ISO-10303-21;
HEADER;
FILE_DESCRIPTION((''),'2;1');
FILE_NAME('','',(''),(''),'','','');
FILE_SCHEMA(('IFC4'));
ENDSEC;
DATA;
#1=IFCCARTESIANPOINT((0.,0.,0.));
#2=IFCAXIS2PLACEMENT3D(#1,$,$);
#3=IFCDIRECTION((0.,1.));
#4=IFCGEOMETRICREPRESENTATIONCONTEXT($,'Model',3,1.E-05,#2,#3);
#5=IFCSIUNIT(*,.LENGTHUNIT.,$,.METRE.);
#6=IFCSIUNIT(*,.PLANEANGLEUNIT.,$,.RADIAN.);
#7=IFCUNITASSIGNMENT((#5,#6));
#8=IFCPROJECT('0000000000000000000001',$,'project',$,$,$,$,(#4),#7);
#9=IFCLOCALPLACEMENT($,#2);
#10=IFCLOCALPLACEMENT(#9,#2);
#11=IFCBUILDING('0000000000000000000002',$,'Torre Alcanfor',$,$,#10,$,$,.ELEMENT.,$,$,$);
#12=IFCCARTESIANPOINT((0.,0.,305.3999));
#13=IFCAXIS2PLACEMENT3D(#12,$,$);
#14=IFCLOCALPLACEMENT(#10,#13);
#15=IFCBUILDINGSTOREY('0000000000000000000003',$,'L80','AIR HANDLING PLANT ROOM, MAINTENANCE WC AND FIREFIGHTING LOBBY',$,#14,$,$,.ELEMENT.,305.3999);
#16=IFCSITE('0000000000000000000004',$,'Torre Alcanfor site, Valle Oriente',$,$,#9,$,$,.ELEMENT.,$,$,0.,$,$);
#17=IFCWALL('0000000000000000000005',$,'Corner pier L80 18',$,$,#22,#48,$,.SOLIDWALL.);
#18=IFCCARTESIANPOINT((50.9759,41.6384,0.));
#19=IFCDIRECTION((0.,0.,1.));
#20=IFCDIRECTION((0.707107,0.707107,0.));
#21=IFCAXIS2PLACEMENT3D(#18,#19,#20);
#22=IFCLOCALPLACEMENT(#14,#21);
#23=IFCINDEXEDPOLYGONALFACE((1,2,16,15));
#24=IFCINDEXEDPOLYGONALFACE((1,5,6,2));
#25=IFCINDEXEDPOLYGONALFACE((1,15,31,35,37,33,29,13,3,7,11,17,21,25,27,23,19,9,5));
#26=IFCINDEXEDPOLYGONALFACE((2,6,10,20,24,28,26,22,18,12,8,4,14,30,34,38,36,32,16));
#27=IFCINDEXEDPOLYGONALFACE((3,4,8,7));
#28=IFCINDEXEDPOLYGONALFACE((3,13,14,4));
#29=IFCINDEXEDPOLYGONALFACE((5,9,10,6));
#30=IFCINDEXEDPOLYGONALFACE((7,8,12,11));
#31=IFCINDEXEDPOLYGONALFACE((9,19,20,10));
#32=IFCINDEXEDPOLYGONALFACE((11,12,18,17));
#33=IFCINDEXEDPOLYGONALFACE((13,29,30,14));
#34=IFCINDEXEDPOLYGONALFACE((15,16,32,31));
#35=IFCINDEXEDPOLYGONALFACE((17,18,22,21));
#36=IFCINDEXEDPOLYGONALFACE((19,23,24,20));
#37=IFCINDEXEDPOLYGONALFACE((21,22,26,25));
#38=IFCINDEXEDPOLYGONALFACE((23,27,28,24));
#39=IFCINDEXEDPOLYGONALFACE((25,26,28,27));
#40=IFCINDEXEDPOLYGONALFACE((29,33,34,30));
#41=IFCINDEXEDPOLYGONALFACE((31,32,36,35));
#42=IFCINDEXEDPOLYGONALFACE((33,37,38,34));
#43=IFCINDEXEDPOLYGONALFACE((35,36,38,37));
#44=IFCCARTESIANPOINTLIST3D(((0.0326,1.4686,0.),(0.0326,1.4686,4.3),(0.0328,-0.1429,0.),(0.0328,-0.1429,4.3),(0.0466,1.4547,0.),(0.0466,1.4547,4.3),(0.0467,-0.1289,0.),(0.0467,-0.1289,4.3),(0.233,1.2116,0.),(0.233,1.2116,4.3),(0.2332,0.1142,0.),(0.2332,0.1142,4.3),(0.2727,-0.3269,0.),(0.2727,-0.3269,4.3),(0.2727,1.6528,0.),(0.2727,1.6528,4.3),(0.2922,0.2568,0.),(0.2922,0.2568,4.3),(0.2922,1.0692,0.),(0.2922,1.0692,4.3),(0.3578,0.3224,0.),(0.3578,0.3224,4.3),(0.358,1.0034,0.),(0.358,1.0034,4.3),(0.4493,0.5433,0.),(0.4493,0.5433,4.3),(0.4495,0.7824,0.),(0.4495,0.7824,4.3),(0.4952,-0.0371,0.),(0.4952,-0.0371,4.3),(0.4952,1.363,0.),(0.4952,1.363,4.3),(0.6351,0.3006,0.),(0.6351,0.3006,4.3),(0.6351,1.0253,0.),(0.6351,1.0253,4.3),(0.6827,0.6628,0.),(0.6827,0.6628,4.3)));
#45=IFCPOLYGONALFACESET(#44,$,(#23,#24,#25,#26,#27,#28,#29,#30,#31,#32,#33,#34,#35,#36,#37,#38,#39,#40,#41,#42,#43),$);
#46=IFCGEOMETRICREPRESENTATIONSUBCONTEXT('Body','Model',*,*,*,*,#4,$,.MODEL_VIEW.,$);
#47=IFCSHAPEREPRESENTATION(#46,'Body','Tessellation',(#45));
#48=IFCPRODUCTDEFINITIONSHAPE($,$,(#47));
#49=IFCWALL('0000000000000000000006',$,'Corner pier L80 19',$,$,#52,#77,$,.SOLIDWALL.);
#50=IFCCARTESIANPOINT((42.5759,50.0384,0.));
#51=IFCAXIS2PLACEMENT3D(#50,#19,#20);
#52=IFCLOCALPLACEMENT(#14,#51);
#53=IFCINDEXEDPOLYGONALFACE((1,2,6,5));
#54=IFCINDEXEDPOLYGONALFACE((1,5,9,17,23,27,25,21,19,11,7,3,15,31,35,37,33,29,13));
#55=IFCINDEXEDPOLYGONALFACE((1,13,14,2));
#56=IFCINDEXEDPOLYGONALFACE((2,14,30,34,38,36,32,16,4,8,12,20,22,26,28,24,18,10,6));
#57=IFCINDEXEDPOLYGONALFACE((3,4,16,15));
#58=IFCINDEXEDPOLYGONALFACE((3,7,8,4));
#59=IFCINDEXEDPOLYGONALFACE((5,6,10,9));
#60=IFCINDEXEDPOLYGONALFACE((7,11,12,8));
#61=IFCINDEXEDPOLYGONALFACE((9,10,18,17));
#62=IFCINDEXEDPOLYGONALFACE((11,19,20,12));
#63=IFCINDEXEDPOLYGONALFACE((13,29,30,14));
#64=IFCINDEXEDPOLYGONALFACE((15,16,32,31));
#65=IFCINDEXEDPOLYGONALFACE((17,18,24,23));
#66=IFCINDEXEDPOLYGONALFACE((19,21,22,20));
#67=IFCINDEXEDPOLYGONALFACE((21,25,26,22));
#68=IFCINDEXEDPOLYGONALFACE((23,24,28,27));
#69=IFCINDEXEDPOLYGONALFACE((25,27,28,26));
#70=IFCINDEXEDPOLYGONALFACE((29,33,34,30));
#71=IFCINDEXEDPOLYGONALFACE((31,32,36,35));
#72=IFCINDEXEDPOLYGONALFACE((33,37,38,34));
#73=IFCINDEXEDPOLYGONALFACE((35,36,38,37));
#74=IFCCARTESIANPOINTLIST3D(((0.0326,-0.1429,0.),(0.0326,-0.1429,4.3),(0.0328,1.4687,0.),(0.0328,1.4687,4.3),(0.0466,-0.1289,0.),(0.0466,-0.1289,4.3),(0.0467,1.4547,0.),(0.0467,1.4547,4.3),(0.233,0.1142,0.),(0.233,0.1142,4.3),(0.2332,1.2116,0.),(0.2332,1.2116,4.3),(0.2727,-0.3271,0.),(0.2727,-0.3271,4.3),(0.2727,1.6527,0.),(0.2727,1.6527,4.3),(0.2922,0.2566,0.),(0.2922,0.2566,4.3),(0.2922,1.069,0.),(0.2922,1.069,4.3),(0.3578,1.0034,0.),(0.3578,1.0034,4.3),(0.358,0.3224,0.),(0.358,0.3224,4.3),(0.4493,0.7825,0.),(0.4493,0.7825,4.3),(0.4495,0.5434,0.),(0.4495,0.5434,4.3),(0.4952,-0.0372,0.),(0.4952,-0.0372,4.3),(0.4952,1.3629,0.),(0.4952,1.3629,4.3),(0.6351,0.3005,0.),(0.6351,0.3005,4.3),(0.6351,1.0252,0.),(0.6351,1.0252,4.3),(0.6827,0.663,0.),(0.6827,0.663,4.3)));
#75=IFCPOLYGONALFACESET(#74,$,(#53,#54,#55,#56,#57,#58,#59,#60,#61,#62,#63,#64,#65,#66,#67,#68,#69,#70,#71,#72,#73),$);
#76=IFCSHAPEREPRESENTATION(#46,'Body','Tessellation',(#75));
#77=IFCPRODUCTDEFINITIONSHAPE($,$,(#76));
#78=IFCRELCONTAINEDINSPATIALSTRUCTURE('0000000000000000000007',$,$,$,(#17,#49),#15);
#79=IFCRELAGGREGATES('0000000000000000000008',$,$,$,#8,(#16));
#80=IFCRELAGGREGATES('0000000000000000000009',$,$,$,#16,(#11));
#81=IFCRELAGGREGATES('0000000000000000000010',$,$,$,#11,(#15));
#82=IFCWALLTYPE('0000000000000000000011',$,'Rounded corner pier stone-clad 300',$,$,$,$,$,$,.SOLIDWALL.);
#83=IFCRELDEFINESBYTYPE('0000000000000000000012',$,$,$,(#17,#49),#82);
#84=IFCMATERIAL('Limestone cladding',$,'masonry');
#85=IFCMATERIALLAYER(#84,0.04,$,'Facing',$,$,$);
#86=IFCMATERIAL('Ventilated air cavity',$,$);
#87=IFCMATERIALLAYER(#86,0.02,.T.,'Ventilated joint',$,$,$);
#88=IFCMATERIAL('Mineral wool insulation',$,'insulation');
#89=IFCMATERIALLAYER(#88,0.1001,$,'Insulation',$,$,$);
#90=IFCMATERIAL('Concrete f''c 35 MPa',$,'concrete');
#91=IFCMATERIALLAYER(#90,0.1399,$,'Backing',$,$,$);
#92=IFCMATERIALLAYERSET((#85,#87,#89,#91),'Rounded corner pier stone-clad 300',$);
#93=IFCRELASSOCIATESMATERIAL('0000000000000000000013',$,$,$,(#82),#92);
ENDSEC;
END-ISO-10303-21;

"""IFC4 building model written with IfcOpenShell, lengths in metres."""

from ifc_helpers import new_model, si_unit, direction, frame, origin, place, context, subcontext, project, spatial, polyline, outline, extrude, material, layer, layer_set, type_object, element, save


model = new_model("IFC4")

# Units and contexts
model_context = context("Model", 3, precision=1e-05, world=origin(), true_north=direction((0.0, 1.0)))
body_context = subcontext(model_context, "Body", "Model", "MODEL_VIEW")
ifc_project = project(units=[si_unit("LENGTHUNIT", "METRE"), si_unit("PLANEANGLEUNIT", "RADIAN")], contexts=[model_context])

# Site, building, storey
site_placement = place(None, origin())
site = spatial("IfcSite", under=ifc_project, at=site_placement, Name="Torre Alcanfor site, Valle Oriente", CompositionType="ELEMENT", RefElevation=0.0)
building_placement = place(site_placement, origin())
building = spatial("IfcBuilding", under=site, at=building_placement, Name="Torre Alcanfor", CompositionType="ELEMENT")
storey_placement = place(building_placement, frame((0.0, 0.0, 305.3999)))
storey = spatial("IfcBuildingStorey", under=building, at=storey_placement, Name="L80", Description="AIR HANDLING PLANT ROOM, MAINTENANCE WC AND FIREFIGHTING LOBBY", CompositionType="ELEMENT", Elevation=305.3999)

# Shared definitions
ifc_material_1 = material(Name="Limestone cladding", Category="masonry")
ifc_material_2 = material(Name="Ventilated air cavity")
ifc_material_3 = material(Name="Mineral wool insulation", Category="insulation")
ifc_material_4 = material(Name="Concrete f'c 35 MPa", Category="concrete")

# Walls
ifc_layer_1 = layer(ifc_material_1, 0.04, Name="Facing")
ifc_layer_2 = layer(ifc_material_2, 0.02, ventilated=True, Name="Ventilated joint")
ifc_layer_3 = layer(ifc_material_3, 0.1001, Name="Insulation")
ifc_layer_4 = layer(ifc_material_4, 0.1399, Name="Backing")
ifc_layer_set_1 = layer_set([ifc_layer_1, ifc_layer_2, ifc_layer_3, ifc_layer_4], Name="Rounded corner pier stone-clad 300")
wall_type_1 = type_object("IfcWallType", Name="Rounded corner pier stone-clad 300", PredefinedType="SOLIDWALL", material=ifc_layer_set_1)
wall_1_placement = place(storey_placement, frame((50.9759, 41.6384, 0.0), z_axis=(0.0, 0.0, 1.0), x_axis=(0.707107, 0.707107, 0.0)))
element("IfcWall", 1, at=wall_1_placement, inside=storey, type_object=wall_type_1, Name="Corner pier L80 18", PredefinedType="SOLIDWALL", context=body_context, shape_type="SweptSolid", body=[
    extrude(outline(polyline([(0.2332, 0.1142), (0.0467, -0.1289), (0.0328, -0.1429), (0.2727, -0.3269), (0.4952, -0.0371), (0.6351, 0.3006), (0.6827, 0.6628), (0.6351, 1.0253), (0.4952, 1.363), (0.2727, 1.6528), (0.0326, 1.4686), (0.0466, 1.4547), (0.233, 1.2116), (0.2922, 1.0692), (0.358, 1.0034), (0.4495, 0.7824), (0.4493, 0.5433), (0.3578, 0.3224), (0.2922, 0.2568), (0.2332, 0.1142)])), origin(), (0.0, 0.0, 1.0), 4.3),
])
wall_2_placement = place(storey_placement, frame((42.5759, 50.0384, 0.0), z_axis=(0.0, 0.0, 1.0), x_axis=(0.707107, 0.707107, 0.0)))
element("IfcWall", 2, at=wall_2_placement, inside=storey, type_object=wall_type_1, Name="Corner pier L80 19", PredefinedType="SOLIDWALL", context=body_context, shape_type="SweptSolid", body=[
    extrude(outline(polyline([(0.233, 0.1142), (0.0466, -0.1289), (0.0326, -0.1429), (0.2727, -0.3271), (0.4952, -0.0372), (0.6351, 0.3005), (0.6827, 0.663), (0.6351, 1.0252), (0.4952, 1.3629), (0.2727, 1.6527), (0.0328, 1.4687), (0.0467, 1.4547), (0.2332, 1.2116), (0.2922, 1.069), (0.3578, 1.0034), (0.4493, 0.7825), (0.4495, 0.5434), (0.358, 0.3224), (0.2922, 0.2566), (0.233, 0.1142)])), origin(), (0.0, 0.0, 1.0), 4.3),
])

save(model, "model.ifc")
